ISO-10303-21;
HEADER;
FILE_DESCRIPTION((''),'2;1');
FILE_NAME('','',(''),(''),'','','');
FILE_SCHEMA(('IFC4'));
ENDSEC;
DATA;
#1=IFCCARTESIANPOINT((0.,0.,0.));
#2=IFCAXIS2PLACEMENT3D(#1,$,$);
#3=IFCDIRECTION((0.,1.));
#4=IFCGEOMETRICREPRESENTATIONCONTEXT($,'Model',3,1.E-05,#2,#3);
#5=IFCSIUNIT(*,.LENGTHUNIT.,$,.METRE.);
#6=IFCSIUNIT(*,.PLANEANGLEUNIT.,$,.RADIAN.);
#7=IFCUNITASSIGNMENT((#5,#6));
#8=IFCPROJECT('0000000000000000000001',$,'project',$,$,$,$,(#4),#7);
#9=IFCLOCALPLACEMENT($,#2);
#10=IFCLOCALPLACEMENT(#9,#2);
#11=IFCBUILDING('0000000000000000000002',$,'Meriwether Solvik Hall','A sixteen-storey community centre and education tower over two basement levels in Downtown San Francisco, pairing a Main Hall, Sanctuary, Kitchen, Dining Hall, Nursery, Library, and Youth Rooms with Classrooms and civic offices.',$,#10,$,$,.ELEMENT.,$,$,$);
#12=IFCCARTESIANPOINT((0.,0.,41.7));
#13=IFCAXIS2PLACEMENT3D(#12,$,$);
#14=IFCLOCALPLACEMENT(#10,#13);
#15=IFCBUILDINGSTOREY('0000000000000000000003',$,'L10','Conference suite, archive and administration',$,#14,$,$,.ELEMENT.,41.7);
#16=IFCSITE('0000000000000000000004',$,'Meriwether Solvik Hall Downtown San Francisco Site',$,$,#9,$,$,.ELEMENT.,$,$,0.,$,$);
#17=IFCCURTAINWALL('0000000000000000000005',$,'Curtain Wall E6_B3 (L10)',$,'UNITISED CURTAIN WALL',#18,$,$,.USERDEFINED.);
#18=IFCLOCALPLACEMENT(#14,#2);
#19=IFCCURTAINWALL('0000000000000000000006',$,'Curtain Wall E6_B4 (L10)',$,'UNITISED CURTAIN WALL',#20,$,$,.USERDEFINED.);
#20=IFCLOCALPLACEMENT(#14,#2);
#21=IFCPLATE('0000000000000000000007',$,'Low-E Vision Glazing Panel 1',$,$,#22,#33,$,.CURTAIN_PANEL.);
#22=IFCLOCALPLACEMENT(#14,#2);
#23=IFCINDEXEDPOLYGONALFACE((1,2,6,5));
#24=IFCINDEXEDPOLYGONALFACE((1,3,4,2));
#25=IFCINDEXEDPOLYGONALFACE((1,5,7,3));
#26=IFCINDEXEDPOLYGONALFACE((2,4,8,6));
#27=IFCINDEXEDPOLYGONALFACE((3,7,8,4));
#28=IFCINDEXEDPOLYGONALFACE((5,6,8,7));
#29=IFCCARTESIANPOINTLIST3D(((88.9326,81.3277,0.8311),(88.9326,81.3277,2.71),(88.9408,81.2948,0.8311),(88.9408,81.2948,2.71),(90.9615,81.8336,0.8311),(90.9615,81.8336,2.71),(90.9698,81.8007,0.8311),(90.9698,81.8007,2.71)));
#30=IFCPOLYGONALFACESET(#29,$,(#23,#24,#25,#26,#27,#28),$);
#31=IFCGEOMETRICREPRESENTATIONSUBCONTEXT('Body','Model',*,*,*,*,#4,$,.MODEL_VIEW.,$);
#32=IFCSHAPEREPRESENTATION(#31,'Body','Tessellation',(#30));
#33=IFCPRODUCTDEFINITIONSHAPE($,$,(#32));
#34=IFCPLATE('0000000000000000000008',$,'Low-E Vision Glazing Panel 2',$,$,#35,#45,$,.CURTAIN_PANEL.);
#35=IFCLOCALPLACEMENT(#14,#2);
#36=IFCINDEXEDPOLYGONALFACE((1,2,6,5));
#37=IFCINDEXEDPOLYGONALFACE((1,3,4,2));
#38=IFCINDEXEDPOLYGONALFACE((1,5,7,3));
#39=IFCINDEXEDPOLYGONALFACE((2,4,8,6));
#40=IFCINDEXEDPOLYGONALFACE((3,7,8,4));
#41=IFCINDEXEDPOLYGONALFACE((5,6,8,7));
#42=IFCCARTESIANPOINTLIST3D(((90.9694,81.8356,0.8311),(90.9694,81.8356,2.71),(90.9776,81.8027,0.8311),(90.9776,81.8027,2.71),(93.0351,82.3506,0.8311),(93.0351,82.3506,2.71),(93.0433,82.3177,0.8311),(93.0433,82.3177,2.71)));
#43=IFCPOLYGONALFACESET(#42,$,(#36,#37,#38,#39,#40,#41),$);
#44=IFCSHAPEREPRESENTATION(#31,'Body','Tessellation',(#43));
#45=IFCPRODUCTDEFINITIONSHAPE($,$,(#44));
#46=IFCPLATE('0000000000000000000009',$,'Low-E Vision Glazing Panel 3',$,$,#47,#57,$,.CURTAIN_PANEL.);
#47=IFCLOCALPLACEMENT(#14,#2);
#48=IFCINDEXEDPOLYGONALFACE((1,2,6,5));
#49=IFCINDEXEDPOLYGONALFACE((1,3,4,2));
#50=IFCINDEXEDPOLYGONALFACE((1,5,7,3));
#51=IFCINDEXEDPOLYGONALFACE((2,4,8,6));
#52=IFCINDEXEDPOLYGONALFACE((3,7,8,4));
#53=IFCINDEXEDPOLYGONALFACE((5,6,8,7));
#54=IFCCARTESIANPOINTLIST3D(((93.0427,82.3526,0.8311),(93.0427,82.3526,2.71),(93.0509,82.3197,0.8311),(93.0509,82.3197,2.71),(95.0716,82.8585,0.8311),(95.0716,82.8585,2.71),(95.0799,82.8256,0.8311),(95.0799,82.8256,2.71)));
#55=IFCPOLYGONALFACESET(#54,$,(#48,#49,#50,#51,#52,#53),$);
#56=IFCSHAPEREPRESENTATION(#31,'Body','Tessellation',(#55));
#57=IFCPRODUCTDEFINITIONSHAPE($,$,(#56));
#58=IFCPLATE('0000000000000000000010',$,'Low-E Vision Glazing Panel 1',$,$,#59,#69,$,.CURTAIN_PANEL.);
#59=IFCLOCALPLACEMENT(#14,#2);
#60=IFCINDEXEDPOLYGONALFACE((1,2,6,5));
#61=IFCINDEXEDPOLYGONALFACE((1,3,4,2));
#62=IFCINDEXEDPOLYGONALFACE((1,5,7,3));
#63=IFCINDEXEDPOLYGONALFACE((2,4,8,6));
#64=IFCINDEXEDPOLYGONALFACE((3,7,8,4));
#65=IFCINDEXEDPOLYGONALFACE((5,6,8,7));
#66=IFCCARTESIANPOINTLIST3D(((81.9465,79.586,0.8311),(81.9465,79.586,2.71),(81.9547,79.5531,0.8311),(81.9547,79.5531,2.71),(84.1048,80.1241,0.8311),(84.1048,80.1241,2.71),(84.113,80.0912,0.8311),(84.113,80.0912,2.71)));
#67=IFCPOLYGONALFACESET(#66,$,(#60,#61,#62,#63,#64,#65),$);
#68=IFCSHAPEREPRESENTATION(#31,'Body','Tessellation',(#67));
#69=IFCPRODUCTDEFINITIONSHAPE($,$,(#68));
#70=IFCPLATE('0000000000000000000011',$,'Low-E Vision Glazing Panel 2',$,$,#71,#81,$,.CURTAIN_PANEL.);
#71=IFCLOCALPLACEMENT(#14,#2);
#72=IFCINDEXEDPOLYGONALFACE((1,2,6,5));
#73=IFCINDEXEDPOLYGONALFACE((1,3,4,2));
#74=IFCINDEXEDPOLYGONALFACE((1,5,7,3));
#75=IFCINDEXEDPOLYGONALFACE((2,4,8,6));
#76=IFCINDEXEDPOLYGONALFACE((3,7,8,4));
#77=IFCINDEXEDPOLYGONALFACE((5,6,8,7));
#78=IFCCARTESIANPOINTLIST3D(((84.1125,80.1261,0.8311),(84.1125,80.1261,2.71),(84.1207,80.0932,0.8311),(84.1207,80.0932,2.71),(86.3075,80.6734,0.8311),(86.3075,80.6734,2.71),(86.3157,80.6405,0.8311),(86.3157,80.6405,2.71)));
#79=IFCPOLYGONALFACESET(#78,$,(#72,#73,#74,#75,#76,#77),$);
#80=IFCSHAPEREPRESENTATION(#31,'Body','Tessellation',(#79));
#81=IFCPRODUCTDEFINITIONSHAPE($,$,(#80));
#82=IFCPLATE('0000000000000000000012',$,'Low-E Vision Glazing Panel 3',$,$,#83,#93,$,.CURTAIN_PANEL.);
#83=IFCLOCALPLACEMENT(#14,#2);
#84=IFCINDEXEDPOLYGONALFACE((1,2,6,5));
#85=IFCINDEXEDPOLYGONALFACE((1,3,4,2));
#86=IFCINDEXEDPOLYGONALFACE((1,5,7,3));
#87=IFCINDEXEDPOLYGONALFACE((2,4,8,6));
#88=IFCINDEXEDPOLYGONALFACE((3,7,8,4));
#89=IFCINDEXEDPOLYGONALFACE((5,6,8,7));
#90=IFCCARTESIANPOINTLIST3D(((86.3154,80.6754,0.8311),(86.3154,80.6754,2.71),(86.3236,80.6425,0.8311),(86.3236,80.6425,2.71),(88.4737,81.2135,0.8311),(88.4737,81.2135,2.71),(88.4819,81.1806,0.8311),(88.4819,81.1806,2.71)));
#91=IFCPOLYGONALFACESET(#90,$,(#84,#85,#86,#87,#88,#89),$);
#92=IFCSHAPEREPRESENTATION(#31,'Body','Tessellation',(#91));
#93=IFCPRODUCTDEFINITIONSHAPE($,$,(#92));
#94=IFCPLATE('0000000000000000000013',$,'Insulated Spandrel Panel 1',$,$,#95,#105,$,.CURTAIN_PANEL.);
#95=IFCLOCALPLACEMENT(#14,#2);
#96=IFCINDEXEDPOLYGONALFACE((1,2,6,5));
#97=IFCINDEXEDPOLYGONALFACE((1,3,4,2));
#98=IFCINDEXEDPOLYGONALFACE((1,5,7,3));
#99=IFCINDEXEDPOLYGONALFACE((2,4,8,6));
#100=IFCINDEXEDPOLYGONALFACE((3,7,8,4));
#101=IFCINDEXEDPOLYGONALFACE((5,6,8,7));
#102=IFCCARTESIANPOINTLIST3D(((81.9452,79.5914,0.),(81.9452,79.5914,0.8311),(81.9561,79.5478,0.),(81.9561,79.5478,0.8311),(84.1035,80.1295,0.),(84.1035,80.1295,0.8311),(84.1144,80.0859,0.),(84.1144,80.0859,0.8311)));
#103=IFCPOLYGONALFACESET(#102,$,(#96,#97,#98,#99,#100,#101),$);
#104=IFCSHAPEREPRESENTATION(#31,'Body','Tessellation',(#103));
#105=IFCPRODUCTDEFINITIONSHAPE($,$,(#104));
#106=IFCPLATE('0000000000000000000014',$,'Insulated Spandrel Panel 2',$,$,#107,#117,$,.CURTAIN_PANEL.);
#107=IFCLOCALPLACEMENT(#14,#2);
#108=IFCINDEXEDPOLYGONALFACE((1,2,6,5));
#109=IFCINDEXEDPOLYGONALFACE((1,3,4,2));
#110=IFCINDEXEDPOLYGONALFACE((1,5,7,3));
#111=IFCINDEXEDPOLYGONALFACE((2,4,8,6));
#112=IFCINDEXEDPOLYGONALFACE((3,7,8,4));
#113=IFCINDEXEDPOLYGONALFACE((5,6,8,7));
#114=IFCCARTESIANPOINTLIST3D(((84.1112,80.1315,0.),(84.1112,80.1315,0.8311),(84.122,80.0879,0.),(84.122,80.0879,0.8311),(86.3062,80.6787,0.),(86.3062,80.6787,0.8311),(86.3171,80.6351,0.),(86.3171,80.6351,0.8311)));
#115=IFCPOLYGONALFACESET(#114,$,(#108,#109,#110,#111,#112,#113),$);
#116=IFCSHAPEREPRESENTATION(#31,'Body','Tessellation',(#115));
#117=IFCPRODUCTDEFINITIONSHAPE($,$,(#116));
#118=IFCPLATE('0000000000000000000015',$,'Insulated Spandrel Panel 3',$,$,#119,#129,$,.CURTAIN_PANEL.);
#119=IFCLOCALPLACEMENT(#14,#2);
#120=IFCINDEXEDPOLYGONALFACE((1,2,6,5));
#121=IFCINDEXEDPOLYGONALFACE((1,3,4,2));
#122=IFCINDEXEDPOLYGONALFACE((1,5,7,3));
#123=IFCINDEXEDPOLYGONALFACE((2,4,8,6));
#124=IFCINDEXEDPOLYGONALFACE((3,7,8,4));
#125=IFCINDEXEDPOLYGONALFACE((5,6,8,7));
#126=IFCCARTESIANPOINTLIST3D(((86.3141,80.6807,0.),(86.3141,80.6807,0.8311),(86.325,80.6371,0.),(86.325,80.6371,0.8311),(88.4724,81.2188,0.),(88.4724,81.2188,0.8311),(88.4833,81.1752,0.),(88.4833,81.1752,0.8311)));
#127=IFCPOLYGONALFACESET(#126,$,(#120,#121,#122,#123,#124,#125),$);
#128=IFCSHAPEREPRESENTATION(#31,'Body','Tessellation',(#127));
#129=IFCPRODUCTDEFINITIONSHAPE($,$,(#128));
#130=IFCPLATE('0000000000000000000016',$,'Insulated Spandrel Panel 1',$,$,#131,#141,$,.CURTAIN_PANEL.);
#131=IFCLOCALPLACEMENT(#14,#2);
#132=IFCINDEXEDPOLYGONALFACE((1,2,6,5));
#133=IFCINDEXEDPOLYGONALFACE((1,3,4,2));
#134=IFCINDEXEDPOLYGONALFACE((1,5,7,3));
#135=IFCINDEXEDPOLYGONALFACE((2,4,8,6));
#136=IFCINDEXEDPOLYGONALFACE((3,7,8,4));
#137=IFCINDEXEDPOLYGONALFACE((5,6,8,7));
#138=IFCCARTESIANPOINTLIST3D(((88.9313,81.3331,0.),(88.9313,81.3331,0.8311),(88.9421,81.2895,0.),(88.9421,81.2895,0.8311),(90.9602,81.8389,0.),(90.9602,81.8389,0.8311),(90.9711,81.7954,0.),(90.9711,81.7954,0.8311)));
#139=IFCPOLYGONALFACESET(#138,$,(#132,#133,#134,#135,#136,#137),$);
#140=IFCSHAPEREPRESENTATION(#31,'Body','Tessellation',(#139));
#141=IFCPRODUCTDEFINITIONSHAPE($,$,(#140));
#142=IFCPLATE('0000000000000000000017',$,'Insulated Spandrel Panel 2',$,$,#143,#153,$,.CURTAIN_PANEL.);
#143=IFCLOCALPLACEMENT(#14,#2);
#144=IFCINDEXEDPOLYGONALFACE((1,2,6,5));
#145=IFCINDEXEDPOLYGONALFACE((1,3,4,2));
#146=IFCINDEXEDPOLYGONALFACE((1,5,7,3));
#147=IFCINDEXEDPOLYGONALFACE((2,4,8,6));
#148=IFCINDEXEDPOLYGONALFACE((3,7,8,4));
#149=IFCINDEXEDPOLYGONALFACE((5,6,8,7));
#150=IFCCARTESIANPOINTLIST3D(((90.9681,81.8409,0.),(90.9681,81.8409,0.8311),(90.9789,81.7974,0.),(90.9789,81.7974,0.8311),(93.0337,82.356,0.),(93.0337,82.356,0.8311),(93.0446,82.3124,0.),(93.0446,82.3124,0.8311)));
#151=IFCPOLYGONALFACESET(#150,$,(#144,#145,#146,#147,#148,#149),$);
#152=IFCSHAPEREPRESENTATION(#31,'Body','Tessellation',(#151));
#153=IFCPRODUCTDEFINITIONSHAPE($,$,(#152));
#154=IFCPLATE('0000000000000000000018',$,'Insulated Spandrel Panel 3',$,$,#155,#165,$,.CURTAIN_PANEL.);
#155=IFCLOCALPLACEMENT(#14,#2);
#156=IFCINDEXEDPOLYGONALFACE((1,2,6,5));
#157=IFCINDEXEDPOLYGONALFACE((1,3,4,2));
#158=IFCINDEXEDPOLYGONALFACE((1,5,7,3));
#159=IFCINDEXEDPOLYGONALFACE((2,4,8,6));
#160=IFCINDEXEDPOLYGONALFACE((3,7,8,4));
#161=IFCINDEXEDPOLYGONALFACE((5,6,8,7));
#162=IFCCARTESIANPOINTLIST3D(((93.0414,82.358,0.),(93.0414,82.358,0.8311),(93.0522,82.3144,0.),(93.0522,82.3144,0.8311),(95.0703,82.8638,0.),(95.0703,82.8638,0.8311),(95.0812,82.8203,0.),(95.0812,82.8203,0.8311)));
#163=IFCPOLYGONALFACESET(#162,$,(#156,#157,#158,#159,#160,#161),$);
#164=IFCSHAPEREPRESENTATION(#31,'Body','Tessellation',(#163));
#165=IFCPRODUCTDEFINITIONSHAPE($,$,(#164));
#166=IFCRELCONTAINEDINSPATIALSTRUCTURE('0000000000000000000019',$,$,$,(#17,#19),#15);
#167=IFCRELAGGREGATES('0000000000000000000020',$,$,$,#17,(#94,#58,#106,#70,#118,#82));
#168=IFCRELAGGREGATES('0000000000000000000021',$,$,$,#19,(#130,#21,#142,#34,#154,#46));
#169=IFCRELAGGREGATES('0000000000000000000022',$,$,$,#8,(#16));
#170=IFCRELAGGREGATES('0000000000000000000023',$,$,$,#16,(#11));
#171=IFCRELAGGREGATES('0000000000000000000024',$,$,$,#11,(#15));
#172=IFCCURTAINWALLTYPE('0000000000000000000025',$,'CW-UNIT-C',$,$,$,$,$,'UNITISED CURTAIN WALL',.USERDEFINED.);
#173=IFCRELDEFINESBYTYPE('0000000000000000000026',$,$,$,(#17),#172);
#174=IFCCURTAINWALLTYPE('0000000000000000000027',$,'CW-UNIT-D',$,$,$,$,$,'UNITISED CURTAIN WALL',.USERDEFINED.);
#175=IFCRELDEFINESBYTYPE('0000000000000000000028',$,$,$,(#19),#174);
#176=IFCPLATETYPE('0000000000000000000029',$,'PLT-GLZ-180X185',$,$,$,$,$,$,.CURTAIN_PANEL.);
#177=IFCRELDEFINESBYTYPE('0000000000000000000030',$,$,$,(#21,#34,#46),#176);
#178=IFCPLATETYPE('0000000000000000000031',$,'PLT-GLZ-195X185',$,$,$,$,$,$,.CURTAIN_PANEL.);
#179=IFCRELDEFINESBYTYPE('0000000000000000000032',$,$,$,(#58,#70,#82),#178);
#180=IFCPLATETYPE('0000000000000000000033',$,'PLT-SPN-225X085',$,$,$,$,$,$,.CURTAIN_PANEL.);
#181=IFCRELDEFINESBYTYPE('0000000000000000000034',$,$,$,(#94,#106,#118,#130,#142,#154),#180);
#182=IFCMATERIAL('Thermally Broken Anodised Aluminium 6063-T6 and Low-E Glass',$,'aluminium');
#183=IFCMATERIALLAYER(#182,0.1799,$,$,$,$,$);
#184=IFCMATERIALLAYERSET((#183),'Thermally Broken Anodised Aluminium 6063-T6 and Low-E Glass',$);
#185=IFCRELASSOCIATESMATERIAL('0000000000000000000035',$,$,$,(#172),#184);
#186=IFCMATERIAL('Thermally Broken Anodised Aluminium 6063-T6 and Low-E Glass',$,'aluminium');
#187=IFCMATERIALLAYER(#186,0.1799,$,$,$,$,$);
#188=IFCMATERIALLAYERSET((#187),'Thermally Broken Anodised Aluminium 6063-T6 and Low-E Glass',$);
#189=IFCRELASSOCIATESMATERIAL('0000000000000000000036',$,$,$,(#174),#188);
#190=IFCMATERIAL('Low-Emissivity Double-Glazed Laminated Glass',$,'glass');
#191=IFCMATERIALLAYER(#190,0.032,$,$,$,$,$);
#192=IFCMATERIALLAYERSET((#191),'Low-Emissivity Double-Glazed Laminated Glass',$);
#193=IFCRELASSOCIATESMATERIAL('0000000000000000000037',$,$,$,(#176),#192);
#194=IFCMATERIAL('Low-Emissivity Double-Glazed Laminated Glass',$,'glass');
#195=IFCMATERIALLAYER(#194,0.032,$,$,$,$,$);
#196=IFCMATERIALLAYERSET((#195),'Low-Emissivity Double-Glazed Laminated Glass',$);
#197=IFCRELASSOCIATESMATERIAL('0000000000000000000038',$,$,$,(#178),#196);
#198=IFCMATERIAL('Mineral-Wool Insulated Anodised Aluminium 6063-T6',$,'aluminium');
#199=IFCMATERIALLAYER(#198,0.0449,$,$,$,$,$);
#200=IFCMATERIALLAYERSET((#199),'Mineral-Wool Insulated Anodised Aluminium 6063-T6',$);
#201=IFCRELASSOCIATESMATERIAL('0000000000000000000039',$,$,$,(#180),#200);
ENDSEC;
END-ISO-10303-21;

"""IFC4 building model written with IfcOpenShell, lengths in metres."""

from ifc_helpers import new_model, si_unit, direction, frame, origin, origin_2d, place, context, subcontext, project, spatial, rectangle, extrude, material, layer, layer_set, type_object, element, aggregate, save


model = new_model("IFC4")

# Units and contexts
model_context = context("Model", 3, precision=1e-05, world=origin(), true_north=direction((0.0, 1.0)))
body_context = subcontext(model_context, "Body", "Model", "MODEL_VIEW")
ifc_project = project(units=[si_unit("LENGTHUNIT", "METRE"), si_unit("PLANEANGLEUNIT", "RADIAN")], contexts=[model_context])

# Site, building, storey
site_placement = place(None, origin())
site = spatial("IfcSite", under=ifc_project, at=site_placement, Name="Meriwether Solvik Hall Downtown San Francisco Site", CompositionType="ELEMENT", RefElevation=0.0)
building_placement = place(site_placement, origin())
building = spatial("IfcBuilding", under=site, at=building_placement, Name="Meriwether Solvik Hall", Description="A sixteen-storey community centre and education tower over two basement levels in Downtown San Francisco, pairing a Main Hall, Sanctuary, Kitchen, Dining Hall, Nursery, Library, and Youth Rooms with Classrooms and civic offices.", CompositionType="ELEMENT")
storey_placement = place(building_placement, frame((0.0, 0.0, 41.7)))
storey = spatial("IfcBuildingStorey", under=building, at=storey_placement, Name="L10", Description="Conference suite, archive and administration", CompositionType="ELEMENT", Elevation=41.7)

# Curtain walls
ifc_material_1 = material(Name="Thermally Broken Anodised Aluminium 6063-T6 and Low-E Glass", Category="aluminium")
ifc_layer_1 = layer(ifc_material_1, 0.1799)
ifc_layer_set_1 = layer_set([ifc_layer_1], Name="Thermally Broken Anodised Aluminium 6063-T6 and Low-E Glass")
curtain_wall_type_1 = type_object("IfcCurtainWallType", Name="CW-UNIT-C", ElementType="UNITISED CURTAIN WALL", PredefinedType="USERDEFINED", material=ifc_layer_set_1)
curtain_wall_1_placement = place(storey_placement, origin())
curtain_wall_1 = element("IfcCurtainWall", 1, at=curtain_wall_1_placement, inside=storey, type_object=curtain_wall_type_1, Name="Curtain Wall E6_B3 (L10)", ObjectType="UNITISED CURTAIN WALL", PredefinedType="USERDEFINED")
ifc_material_2 = material(Name="Thermally Broken Anodised Aluminium 6063-T6 and Low-E Glass", Category="aluminium")
ifc_layer_2 = layer(ifc_material_2, 0.1799)
ifc_layer_set_2 = layer_set([ifc_layer_2], Name="Thermally Broken Anodised Aluminium 6063-T6 and Low-E Glass")
curtain_wall_type_2 = type_object("IfcCurtainWallType", Name="CW-UNIT-D", ElementType="UNITISED CURTAIN WALL", PredefinedType="USERDEFINED", material=ifc_layer_set_2)
curtain_wall_2_placement = place(storey_placement, origin())
curtain_wall_2 = element("IfcCurtainWall", 2, at=curtain_wall_2_placement, inside=storey, type_object=curtain_wall_type_2, Name="Curtain Wall E6_B4 (L10)", ObjectType="UNITISED CURTAIN WALL", PredefinedType="USERDEFINED")

# Plates
ifc_material_3 = material(Name="Low-Emissivity Double-Glazed Laminated Glass", Category="glass")
ifc_layer_3 = layer(ifc_material_3, 0.032)
ifc_layer_set_3 = layer_set([ifc_layer_3], Name="Low-Emissivity Double-Glazed Laminated Glass")
plate_type_1 = type_object("IfcPlateType", Name="PLT-GLZ-180X185", PredefinedType="CURTAIN_PANEL", material=ifc_layer_set_3)
plate_1_placement = place(storey_placement, frame((89.9512, 81.5642, 0.8311), z_axis=(0.0, 0.0, 1.0), x_axis=(0.970296, 0.241922, 0.0)))
plate_1 = element("IfcPlate", 3, at=plate_1_placement, type_object=plate_type_1, Name="Low-E Vision Glazing Panel 1", PredefinedType="CURTAIN_PANEL", context=body_context, shape_type="SweptSolid", body=[
    extrude(rectangle(XDim=2.0911, YDim=0.0339, at=origin_2d()), origin(), (0.0, 0.0, 1.0), 1.8789),
])
plate_2_placement = place(storey_placement, frame((92.0063, 82.0767, 0.8311), z_axis=(0.0, 0.0, 1.0), x_axis=(0.970296, 0.241922, 0.0)))
plate_2 = element("IfcPlate", 4, at=plate_2_placement, type_object=plate_type_1, Name="Low-E Vision Glazing Panel 2", PredefinedType="CURTAIN_PANEL", context=body_context, shape_type="SweptSolid", body=[
    extrude(rectangle(XDim=2.1289, YDim=0.0339, at=origin_2d()), origin(), (0.0, 0.0, 1.0), 1.8789),
])
plate_3_placement = place(storey_placement, frame((94.0613, 82.5891, 0.8311), z_axis=(0.0, 0.0, 1.0), x_axis=(0.970296, 0.241922, 0.0)))
plate_3 = element("IfcPlate", 5, at=plate_3_placement, type_object=plate_type_1, Name="Low-E Vision Glazing Panel 3", PredefinedType="CURTAIN_PANEL", context=body_context, shape_type="SweptSolid", body=[
    extrude(rectangle(XDim=2.0911, YDim=0.0339, at=origin_2d()), origin(), (0.0, 0.0, 1.0), 1.8789),
])
ifc_material_4 = material(Name="Low-Emissivity Double-Glazed Laminated Glass", Category="glass")
ifc_layer_4 = layer(ifc_material_4, 0.032)
ifc_layer_set_4 = layer_set([ifc_layer_4], Name="Low-Emissivity Double-Glazed Laminated Glass")
plate_type_2 = type_object("IfcPlateType", Name="PLT-GLZ-195X185", PredefinedType="CURTAIN_PANEL", material=ifc_layer_set_4)
plate_4_placement = place(storey_placement, frame((83.0298, 79.8386, 0.8311), z_axis=(0.0, 0.0, 1.0), x_axis=(0.970296, 0.241922, 0.0)))
plate_4 = element("IfcPlate", 6, at=plate_4_placement, type_object=plate_type_2, Name="Low-E Vision Glazing Panel 1", PredefinedType="CURTAIN_PANEL", context=body_context, shape_type="SweptSolid", body=[
    extrude(rectangle(XDim=2.2244, YDim=0.0339, at=origin_2d()), origin(), (0.0, 0.0, 1.0), 1.8789),
])
plate_5_placement = place(storey_placement, frame((85.2141, 80.3833, 0.8311), z_axis=(0.0, 0.0, 1.0), x_axis=(0.970296, 0.241922, 0.0)))
plate_5 = element("IfcPlate", 7, at=plate_5_placement, type_object=plate_type_2, Name="Low-E Vision Glazing Panel 2", PredefinedType="CURTAIN_PANEL", context=body_context, shape_type="SweptSolid", body=[
    extrude(rectangle(XDim=2.2622, YDim=0.0339, at=origin_2d()), origin(), (0.0, 0.0, 1.0), 1.8789),
])
plate_6_placement = place(storey_placement, frame((87.3987, 80.928, 0.8311), z_axis=(0.0, 0.0, 1.0), x_axis=(0.970296, 0.241922, 0.0)))
plate_6 = element("IfcPlate", 8, at=plate_6_placement, type_object=plate_type_2, Name="Low-E Vision Glazing Panel 3", PredefinedType="CURTAIN_PANEL", context=body_context, shape_type="SweptSolid", body=[
    extrude(rectangle(XDim=2.2244, YDim=0.0339, at=origin_2d()), origin(), (0.0, 0.0, 1.0), 1.8789),
])
ifc_material_5 = material(Name="Mineral-Wool Insulated Anodised Aluminium 6063-T6", Category="aluminium")
ifc_layer_5 = layer(ifc_material_5, 0.0449)
ifc_layer_set_5 = layer_set([ifc_layer_5], Name="Mineral-Wool Insulated Anodised Aluminium 6063-T6")
plate_type_3 = type_object("IfcPlateType", Name="PLT-SPN-225X085", PredefinedType="CURTAIN_PANEL", material=ifc_layer_set_5)
plate_7_placement = place(storey_placement, frame((83.0298, 79.8386, 0.0), z_axis=(0.0, 0.0, 1.0), x_axis=(0.970296, 0.241922, 0.0)))
plate_7 = element("IfcPlate", 9, at=plate_7_placement, type_object=plate_type_3, Name="Insulated Spandrel Panel 1", PredefinedType="CURTAIN_PANEL", context=body_context, shape_type="SweptSolid", body=[
    extrude(rectangle(XDim=2.2244, YDim=0.0449, at=origin_2d()), origin(), (0.0, 0.0, 1.0), 0.8311),
])
plate_8_placement = place(storey_placement, frame((85.2141, 80.3833, 0.0), z_axis=(0.0, 0.0, 1.0), x_axis=(0.970296, 0.241922, 0.0)))
plate_8 = element("IfcPlate", 10, at=plate_8_placement, type_object=plate_type_3, Name="Insulated Spandrel Panel 2", PredefinedType="CURTAIN_PANEL", context=body_context, shape_type="SweptSolid", body=[
    extrude(rectangle(XDim=2.2622, YDim=0.0449, at=origin_2d()), origin(), (0.0, 0.0, 1.0), 0.8311),
])
plate_9_placement = place(storey_placement, frame((87.3987, 80.928, 0.0), z_axis=(0.0, 0.0, 1.0), x_axis=(0.970296, 0.241922, 0.0)))
plate_9 = element("IfcPlate", 11, at=plate_9_placement, type_object=plate_type_3, Name="Insulated Spandrel Panel 3", PredefinedType="CURTAIN_PANEL", context=body_context, shape_type="SweptSolid", body=[
    extrude(rectangle(XDim=2.2244, YDim=0.0449, at=origin_2d()), origin(), (0.0, 0.0, 1.0), 0.8311),
])
aggregate(curtain_wall_1, [plate_7, plate_4, plate_8, plate_5, plate_9, plate_6])
plate_10_placement = place(storey_placement, frame((89.9512, 81.5642, 0.0), z_axis=(0.0, 0.0, 1.0), x_axis=(0.970296, 0.241922, 0.0)))
plate_10 = element("IfcPlate", 12, at=plate_10_placement, type_object=plate_type_3, Name="Insulated Spandrel Panel 1", PredefinedType="CURTAIN_PANEL", context=body_context, shape_type="SweptSolid", body=[
    extrude(rectangle(XDim=2.0911, YDim=0.0449, at=origin_2d()), origin(), (0.0, 0.0, 1.0), 0.8311),
])
plate_11_placement = place(storey_placement, frame((92.0063, 82.0767, 0.0), z_axis=(0.0, 0.0, 1.0), x_axis=(0.970296, 0.241922, 0.0)))
plate_11 = element("IfcPlate", 13, at=plate_11_placement, type_object=plate_type_3, Name="Insulated Spandrel Panel 2", PredefinedType="CURTAIN_PANEL", context=body_context, shape_type="SweptSolid", body=[
    extrude(rectangle(XDim=2.1289, YDim=0.0449, at=origin_2d()), origin(), (0.0, 0.0, 1.0), 0.8311),
])
plate_12_placement = place(storey_placement, frame((94.0613, 82.5891, 0.0), z_axis=(0.0, 0.0, 1.0), x_axis=(0.970296, 0.241922, 0.0)))
plate_12 = element("IfcPlate", 14, at=plate_12_placement, type_object=plate_type_3, Name="Insulated Spandrel Panel 3", PredefinedType="CURTAIN_PANEL", context=body_context, shape_type="SweptSolid", body=[
    extrude(rectangle(XDim=2.0911, YDim=0.0449, at=origin_2d()), origin(), (0.0, 0.0, 1.0), 0.8311),
])
aggregate(curtain_wall_2, [plate_10, plate_1, plate_11, plate_2, plate_12, plate_3])

save(model, "model.ifc")
